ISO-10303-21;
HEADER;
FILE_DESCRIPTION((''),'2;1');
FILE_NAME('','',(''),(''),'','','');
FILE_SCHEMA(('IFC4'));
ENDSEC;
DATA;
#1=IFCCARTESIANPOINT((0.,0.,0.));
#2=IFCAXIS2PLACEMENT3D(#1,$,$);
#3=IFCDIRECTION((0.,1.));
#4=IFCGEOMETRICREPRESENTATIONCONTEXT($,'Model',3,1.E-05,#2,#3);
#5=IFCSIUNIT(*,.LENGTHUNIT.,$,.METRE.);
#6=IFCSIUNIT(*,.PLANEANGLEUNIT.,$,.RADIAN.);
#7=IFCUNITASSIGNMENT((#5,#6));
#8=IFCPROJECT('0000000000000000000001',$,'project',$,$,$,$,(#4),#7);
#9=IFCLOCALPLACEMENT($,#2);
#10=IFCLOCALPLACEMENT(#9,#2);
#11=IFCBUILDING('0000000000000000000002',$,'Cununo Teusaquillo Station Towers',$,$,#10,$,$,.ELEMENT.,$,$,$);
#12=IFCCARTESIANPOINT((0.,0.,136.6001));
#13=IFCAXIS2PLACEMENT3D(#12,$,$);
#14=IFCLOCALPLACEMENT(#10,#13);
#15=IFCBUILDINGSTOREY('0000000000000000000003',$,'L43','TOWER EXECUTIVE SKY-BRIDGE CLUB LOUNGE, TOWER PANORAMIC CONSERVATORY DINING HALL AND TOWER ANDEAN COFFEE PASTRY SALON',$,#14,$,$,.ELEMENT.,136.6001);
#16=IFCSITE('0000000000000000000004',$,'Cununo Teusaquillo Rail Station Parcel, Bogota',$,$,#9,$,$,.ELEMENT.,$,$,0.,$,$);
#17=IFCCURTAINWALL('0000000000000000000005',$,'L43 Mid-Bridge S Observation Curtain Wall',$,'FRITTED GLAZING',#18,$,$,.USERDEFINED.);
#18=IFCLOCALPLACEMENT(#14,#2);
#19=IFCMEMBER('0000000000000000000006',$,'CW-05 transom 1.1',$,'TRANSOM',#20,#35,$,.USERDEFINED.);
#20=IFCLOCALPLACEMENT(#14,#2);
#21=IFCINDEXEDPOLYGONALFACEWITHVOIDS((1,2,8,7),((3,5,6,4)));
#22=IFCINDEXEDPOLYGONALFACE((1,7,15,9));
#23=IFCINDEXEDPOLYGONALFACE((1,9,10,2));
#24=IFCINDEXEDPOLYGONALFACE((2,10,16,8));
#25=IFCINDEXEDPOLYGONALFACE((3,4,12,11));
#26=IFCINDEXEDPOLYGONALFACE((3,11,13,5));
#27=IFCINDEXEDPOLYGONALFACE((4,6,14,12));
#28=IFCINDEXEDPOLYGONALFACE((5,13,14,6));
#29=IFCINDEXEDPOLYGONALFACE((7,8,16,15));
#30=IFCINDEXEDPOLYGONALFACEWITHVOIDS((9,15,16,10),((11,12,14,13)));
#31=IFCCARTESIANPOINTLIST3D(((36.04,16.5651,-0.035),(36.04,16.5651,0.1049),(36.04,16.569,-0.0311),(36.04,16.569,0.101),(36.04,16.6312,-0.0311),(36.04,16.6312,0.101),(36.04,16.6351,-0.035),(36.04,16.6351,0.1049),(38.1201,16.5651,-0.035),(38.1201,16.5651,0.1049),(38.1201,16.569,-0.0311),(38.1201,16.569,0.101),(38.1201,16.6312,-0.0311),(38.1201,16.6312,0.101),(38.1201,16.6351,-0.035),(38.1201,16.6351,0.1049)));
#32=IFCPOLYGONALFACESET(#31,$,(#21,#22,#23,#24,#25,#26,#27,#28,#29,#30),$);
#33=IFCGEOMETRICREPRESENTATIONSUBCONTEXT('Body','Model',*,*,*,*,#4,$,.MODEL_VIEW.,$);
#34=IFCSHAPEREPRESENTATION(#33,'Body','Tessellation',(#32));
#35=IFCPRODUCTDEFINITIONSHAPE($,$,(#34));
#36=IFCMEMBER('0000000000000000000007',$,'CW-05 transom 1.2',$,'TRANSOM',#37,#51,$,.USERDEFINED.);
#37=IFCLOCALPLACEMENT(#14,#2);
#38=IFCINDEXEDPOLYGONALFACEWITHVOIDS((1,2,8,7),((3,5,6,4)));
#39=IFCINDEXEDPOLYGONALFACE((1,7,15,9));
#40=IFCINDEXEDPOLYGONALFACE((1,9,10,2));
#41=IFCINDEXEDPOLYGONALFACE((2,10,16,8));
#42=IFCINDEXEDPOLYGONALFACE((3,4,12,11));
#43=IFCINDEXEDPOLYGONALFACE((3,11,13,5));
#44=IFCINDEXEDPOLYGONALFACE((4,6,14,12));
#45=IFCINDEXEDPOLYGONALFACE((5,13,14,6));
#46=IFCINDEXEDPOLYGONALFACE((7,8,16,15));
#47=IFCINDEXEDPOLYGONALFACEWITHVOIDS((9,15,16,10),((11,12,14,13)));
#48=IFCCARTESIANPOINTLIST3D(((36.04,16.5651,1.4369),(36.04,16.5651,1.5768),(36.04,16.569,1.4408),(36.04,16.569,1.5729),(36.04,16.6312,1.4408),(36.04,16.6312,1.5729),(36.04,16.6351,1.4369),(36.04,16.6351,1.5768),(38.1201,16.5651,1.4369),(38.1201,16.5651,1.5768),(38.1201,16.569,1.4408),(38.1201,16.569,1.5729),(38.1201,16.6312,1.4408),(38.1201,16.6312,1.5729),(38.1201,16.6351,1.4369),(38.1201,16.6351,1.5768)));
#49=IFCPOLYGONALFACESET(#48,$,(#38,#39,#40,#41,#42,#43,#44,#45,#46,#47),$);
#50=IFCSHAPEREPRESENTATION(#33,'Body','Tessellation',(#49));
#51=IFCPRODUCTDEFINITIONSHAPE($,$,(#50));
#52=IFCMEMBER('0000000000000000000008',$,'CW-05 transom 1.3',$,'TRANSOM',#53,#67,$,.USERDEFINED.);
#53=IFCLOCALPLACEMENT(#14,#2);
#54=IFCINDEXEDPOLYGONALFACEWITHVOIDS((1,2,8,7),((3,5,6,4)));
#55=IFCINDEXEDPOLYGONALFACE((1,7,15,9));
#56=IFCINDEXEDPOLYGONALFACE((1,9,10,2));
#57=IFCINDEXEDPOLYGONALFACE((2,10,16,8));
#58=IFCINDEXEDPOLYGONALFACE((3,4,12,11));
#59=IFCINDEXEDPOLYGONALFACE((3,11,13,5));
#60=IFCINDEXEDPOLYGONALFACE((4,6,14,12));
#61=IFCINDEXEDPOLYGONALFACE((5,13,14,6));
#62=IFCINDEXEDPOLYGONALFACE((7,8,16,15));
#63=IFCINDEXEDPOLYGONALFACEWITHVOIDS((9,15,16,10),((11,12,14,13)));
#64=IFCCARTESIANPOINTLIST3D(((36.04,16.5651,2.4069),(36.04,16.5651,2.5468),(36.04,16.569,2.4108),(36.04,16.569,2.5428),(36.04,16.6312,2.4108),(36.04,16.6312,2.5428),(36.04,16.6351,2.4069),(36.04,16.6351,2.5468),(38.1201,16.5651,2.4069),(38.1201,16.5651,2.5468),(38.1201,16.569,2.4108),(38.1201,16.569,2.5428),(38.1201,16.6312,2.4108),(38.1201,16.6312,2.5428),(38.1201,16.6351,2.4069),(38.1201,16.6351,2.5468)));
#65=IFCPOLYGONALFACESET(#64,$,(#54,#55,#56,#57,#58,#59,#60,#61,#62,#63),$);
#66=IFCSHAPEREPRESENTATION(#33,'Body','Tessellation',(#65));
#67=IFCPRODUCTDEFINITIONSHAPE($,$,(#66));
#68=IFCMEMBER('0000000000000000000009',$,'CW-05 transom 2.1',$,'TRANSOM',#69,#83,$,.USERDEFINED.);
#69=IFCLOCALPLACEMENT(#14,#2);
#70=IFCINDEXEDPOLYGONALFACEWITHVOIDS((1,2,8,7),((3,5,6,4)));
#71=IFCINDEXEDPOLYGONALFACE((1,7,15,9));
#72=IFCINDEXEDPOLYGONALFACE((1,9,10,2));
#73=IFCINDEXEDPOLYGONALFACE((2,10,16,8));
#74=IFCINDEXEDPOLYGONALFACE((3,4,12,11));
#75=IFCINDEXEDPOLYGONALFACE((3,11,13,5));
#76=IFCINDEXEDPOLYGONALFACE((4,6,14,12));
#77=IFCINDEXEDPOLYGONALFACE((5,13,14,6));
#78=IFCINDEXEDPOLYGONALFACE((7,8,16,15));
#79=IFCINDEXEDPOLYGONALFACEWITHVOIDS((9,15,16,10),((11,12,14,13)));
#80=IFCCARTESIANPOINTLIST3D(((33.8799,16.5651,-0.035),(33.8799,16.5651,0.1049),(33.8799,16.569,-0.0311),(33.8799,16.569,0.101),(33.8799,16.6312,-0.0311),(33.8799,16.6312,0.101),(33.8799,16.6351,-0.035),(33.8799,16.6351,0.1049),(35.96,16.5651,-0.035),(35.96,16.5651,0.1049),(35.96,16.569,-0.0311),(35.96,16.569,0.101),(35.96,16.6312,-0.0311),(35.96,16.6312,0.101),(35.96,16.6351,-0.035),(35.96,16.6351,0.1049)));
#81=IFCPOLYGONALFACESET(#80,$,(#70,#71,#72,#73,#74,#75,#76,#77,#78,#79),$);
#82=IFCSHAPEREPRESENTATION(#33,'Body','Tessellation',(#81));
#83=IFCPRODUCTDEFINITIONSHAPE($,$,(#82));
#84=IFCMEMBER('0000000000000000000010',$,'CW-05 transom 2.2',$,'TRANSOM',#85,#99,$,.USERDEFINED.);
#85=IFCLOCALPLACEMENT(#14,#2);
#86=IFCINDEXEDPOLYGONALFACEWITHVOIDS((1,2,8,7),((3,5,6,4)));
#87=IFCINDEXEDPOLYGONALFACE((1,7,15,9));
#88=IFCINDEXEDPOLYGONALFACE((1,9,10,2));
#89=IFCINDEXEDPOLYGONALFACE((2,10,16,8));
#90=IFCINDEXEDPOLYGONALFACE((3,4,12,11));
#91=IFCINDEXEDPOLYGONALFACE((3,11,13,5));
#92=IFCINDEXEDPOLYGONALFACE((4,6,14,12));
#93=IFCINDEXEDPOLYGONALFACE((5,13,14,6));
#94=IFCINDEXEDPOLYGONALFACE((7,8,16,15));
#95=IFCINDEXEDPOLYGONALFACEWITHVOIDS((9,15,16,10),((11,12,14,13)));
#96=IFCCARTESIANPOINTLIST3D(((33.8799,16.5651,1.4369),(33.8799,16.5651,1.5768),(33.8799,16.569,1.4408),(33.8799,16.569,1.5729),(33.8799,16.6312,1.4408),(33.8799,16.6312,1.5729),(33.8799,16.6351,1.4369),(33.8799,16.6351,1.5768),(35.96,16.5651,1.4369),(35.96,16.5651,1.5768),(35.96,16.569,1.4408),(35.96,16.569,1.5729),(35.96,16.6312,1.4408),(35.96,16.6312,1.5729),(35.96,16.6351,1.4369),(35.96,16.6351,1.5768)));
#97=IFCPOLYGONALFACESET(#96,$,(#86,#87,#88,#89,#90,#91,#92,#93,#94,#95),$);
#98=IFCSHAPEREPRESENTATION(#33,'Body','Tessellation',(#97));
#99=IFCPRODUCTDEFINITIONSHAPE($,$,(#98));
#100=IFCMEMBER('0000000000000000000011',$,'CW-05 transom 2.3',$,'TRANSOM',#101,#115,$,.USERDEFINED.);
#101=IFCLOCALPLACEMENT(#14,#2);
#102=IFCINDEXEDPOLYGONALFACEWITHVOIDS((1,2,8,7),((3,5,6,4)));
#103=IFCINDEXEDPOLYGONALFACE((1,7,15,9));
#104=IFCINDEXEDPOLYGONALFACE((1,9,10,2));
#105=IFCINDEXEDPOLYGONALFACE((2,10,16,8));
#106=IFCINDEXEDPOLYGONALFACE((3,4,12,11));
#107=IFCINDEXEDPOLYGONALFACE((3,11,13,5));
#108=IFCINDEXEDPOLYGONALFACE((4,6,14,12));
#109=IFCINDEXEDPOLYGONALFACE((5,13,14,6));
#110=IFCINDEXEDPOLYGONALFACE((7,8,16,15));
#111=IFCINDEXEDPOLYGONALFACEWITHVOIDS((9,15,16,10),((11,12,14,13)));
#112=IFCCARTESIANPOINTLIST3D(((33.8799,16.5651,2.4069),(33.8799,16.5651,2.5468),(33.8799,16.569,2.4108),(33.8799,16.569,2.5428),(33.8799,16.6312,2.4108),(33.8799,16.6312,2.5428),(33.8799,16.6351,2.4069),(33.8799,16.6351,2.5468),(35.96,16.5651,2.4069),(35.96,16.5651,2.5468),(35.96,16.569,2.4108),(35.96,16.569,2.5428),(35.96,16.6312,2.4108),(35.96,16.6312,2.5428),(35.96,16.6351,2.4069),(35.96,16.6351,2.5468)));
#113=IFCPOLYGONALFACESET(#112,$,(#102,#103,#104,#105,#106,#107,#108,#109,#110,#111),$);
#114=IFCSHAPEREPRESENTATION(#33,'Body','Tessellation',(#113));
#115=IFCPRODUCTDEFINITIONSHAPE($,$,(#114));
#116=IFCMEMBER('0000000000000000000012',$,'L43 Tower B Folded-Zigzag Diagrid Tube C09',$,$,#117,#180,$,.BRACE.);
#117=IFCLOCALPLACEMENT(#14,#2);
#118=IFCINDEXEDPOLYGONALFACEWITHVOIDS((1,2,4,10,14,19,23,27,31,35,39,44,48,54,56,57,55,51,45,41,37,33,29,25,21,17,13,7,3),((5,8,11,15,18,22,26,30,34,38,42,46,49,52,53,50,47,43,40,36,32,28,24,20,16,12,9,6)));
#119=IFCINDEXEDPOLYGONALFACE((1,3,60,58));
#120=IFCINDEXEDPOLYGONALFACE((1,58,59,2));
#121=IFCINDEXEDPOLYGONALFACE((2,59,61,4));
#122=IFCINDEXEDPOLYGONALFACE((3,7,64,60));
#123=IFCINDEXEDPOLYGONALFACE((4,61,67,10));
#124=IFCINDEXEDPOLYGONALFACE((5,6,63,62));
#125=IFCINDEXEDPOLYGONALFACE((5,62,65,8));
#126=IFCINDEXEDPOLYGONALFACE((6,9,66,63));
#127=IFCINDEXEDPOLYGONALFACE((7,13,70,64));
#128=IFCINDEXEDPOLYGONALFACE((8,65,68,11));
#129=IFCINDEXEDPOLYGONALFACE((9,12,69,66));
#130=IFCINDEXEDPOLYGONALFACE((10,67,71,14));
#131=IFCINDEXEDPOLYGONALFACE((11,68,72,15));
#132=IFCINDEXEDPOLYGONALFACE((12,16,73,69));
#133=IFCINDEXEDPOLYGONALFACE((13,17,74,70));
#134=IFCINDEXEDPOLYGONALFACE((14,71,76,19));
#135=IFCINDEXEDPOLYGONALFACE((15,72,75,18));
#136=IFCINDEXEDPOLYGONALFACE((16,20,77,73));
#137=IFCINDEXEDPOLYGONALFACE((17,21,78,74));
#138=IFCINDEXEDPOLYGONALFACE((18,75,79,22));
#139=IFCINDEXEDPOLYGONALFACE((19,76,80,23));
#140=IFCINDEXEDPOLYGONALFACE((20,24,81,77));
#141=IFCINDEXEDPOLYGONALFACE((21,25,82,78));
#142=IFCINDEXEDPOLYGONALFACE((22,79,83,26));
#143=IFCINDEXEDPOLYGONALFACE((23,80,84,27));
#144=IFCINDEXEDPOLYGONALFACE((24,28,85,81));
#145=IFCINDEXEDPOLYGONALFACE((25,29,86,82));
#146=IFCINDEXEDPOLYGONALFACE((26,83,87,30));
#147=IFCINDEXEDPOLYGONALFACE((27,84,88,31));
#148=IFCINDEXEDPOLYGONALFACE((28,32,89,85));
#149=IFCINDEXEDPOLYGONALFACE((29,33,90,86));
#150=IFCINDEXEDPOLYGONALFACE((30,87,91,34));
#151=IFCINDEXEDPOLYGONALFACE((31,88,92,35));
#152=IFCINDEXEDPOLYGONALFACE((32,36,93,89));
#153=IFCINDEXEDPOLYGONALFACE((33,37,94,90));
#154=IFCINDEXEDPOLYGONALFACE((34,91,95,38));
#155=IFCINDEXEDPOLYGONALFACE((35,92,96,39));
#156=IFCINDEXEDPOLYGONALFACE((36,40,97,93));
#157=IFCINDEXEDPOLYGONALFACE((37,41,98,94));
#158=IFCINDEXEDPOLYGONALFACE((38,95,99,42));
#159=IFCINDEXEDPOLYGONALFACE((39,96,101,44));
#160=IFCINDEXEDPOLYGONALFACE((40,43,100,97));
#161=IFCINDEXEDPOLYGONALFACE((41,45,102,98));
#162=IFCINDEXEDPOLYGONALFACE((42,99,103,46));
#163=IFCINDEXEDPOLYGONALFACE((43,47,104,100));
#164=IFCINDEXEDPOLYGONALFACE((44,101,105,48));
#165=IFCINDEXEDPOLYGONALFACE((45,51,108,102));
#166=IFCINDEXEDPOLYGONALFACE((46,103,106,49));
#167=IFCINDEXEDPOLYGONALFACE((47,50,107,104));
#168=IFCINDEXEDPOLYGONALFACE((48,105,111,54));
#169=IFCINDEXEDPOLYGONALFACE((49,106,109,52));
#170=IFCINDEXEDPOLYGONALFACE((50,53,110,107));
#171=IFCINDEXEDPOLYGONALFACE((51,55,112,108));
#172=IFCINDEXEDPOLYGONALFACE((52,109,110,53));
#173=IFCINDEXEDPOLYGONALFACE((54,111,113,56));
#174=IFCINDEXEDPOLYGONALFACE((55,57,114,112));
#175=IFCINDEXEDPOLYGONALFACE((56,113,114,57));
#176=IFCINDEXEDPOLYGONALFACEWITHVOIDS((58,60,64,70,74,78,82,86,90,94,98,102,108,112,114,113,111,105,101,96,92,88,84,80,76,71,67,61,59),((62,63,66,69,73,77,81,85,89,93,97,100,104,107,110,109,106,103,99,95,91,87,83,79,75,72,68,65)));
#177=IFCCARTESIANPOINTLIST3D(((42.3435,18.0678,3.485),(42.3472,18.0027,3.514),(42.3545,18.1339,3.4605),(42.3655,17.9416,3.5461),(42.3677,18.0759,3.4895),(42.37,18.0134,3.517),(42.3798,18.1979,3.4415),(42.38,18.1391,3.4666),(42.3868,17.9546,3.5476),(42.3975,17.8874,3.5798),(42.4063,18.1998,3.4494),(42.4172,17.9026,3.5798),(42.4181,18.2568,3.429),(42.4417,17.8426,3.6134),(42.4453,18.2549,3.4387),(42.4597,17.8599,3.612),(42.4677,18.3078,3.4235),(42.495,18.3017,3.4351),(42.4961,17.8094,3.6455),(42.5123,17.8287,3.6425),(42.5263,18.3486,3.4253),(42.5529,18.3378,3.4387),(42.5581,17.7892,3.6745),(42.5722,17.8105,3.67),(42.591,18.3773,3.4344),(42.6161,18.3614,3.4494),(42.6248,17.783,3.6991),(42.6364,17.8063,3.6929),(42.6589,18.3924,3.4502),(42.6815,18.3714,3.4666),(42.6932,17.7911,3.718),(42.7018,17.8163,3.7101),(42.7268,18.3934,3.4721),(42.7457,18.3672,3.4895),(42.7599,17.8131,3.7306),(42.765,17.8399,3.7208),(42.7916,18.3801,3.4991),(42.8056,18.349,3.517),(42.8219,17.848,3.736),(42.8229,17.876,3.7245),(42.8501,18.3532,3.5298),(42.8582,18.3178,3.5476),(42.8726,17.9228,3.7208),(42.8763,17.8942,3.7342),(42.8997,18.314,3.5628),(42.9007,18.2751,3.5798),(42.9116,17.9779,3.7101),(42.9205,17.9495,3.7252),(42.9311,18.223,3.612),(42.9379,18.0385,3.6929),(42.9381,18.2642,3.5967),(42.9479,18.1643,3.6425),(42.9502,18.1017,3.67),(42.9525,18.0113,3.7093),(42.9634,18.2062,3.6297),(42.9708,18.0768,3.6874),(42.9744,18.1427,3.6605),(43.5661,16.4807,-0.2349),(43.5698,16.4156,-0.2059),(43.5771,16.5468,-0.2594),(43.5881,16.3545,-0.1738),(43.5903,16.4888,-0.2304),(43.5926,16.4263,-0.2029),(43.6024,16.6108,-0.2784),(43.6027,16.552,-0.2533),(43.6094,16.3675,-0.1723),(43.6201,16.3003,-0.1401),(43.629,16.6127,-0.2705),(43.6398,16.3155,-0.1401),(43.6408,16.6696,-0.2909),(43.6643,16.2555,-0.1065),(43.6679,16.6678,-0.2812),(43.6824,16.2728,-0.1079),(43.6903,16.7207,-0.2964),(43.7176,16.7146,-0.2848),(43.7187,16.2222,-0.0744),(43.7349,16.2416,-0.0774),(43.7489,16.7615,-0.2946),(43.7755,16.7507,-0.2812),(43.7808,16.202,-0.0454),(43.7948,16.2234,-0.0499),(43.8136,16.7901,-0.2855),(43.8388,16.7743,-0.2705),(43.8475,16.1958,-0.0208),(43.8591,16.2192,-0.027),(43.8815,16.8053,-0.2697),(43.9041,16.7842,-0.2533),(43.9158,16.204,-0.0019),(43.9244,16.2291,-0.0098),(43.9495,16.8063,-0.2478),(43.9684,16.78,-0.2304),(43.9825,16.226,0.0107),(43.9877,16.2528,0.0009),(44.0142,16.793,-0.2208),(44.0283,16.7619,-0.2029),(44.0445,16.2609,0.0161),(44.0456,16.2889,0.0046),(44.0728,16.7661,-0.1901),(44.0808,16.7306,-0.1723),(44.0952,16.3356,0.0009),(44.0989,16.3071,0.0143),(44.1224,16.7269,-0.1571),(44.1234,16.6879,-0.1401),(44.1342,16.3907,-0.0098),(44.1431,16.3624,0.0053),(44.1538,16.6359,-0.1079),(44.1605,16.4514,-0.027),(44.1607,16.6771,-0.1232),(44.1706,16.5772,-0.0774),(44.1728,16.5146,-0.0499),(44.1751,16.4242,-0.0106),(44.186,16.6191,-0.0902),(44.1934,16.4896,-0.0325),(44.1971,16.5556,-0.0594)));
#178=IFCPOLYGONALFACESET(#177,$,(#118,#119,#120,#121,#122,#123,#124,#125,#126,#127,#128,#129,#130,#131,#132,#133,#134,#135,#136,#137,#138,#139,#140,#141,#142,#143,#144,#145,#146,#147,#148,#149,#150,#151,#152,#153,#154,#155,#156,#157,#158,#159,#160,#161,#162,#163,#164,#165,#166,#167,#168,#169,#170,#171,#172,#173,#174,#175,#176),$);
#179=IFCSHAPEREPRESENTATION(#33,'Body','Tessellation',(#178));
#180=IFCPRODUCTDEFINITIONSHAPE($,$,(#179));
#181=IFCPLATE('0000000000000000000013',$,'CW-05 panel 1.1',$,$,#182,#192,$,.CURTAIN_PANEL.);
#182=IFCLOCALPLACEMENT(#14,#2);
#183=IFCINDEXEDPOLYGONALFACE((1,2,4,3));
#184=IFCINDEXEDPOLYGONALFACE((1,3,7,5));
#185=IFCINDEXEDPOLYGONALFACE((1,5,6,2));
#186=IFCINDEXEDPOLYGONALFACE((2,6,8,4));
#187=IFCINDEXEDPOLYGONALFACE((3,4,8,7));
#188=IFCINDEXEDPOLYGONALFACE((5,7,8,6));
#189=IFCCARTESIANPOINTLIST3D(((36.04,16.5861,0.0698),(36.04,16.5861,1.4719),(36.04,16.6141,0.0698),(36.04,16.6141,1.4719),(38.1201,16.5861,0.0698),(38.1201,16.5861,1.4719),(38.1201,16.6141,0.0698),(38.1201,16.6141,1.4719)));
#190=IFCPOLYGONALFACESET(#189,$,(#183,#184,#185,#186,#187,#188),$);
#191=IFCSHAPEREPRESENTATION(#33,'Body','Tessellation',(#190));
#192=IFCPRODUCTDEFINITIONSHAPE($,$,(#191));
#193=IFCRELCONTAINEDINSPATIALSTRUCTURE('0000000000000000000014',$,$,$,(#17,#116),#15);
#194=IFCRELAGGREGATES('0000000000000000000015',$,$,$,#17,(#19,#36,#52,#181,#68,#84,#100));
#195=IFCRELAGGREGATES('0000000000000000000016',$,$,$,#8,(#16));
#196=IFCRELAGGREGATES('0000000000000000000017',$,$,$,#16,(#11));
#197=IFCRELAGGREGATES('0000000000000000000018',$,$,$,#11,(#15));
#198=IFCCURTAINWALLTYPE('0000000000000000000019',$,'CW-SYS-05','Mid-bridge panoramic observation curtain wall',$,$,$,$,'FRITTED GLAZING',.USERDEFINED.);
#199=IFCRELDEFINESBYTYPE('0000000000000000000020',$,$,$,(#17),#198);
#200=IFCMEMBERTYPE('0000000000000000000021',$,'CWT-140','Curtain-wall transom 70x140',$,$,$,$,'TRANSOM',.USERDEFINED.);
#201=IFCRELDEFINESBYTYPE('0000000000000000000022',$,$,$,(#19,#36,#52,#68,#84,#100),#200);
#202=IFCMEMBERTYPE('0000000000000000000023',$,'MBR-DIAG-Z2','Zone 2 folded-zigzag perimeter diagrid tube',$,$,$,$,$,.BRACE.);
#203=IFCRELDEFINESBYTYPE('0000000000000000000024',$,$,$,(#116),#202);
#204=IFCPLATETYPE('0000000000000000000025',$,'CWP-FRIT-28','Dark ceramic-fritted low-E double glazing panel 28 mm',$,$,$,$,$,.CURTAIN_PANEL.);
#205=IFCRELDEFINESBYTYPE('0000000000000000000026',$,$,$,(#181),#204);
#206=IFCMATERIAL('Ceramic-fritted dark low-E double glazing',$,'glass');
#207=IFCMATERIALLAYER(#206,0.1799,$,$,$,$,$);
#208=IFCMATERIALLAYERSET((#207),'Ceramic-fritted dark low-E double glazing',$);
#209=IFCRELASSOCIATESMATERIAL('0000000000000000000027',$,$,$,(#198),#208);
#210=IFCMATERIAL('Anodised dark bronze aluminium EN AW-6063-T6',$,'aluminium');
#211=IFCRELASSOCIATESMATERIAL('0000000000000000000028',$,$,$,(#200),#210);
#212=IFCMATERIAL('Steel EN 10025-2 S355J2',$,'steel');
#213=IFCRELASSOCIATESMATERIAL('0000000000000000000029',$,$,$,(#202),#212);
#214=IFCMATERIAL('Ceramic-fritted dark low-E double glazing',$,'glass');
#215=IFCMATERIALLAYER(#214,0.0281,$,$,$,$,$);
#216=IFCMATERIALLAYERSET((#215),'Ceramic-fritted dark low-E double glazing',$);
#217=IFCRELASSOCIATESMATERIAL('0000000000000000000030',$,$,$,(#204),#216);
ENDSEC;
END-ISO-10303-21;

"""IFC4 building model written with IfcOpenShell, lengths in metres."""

from ifc_helpers import new_model, si_unit, direction, frame, origin, origin_2d, place, context, subcontext, project, spatial, rectangle, hollow_rectangle, hollow_circle, extrude, source, transform, mapped, material, layer, layer_set, material_profile, profile_set, type_object, element, aggregate, save


model = new_model("IFC4")

# Units and contexts
model_context = context("Model", 3, precision=1e-05, world=origin(), true_north=direction((0.0, 1.0)))
body_context = subcontext(model_context, "Body", "Model", "MODEL_VIEW")
ifc_project = project(units=[si_unit("LENGTHUNIT", "METRE"), si_unit("PLANEANGLEUNIT", "RADIAN")], contexts=[model_context])

# Site, building, storey
site_placement = place(None, origin())
site = spatial("IfcSite", under=ifc_project, at=site_placement, Name="Cununo Teusaquillo Rail Station Parcel, Bogota", CompositionType="ELEMENT", RefElevation=0.0)
building_placement = place(site_placement, origin())
building = spatial("IfcBuilding", under=site, at=building_placement, Name="Cununo Teusaquillo Station Towers", CompositionType="ELEMENT")
storey_placement = place(building_placement, frame((0.0, 0.0, 136.6001)))
storey = spatial("IfcBuildingStorey", under=building, at=storey_placement, Name="L43", Description="TOWER EXECUTIVE SKY-BRIDGE CLUB LOUNGE, TOWER PANORAMIC CONSERVATORY DINING HALL AND TOWER ANDEAN COFFEE PASTRY SALON", CompositionType="ELEMENT", Elevation=136.6001)

# Curtain wall, members
ifc_material_1 = material(Name="Ceramic-fritted dark low-E double glazing", Category="glass")
ifc_layer_1 = layer(ifc_material_1, 0.1799)
ifc_layer_set_1 = layer_set([ifc_layer_1], Name="Ceramic-fritted dark low-E double glazing")
curtain_wall_type = type_object("IfcCurtainWallType", Name="CW-SYS-05", Description="Mid-bridge panoramic observation curtain wall", ElementType="FRITTED GLAZING", PredefinedType="USERDEFINED", material=ifc_layer_set_1)
curtain_wall_placement = place(storey_placement, origin())
curtain_wall = element("IfcCurtainWall", 1, at=curtain_wall_placement, inside=storey, type_object=curtain_wall_type, Name="L43 Mid-Bridge S Observation Curtain Wall", ObjectType="FRITTED GLAZING", PredefinedType="USERDEFINED")
ifc_material_2 = material(Name="Anodised dark bronze aluminium EN AW-6063-T6", Category="aluminium")
ifc_material_profile_1 = material_profile(ifc_material_2, hollow_rectangle(XDim=0.0701, YDim=0.1399, WallThickness=0.0039, at=origin_2d()), Name="CW-TRAN-70x140")
ifc_profile_set_1 = profile_set([ifc_material_profile_1], Name="Anodised dark bronze aluminium EN AW-6063-T6")
member_type_1 = type_object("IfcMemberType", Name="CWT-140", Description="Curtain-wall transom 70x140", ElementType="TRANSOM", PredefinedType="USERDEFINED", material=ifc_profile_set_1)
member_1_placement = place(storey_placement, frame((38.1201, 16.6001, 0.0349), z_axis=(-1.0, 0.0, 0.0), x_axis=(0.0, -1.0, 0.0)))
member_1 = element("IfcMember", 2, at=member_1_placement, type_object=member_type_1, Name="CW-05 transom 1.1", ObjectType="TRANSOM", PredefinedType="USERDEFINED", context=body_context, shape_type="SweptSolid", body=[
    extrude(hollow_rectangle(XDim=0.0701, YDim=0.1399, WallThickness=0.0039, at=origin_2d()), origin(), (0.0, 0.0, 1.0), 2.0801),
])
member_2_placement = place(storey_placement, frame((38.1201, 16.6001, 1.5068), z_axis=(-1.0, 0.0, 0.0), x_axis=(0.0, -1.0, 0.0)))
member_2 = element("IfcMember", 3, at=member_2_placement, type_object=member_type_1, Name="CW-05 transom 1.2", ObjectType="TRANSOM", PredefinedType="USERDEFINED", context=body_context, shape_type="SweptSolid", body=[
    extrude(hollow_rectangle(XDim=0.0701, YDim=0.1399, WallThickness=0.0039, at=origin_2d()), origin(), (0.0, 0.0, 1.0), 2.0801),
])
member_3_placement = place(storey_placement, frame((38.1201, 16.6001, 2.4768), z_axis=(-1.0, 0.0, 0.0), x_axis=(0.0, -1.0, 0.0)))
member_3 = element("IfcMember", 4, at=member_3_placement, type_object=member_type_1, Name="CW-05 transom 1.3", ObjectType="TRANSOM", PredefinedType="USERDEFINED", context=body_context, shape_type="SweptSolid", body=[
    extrude(hollow_rectangle(XDim=0.0701, YDim=0.1399, WallThickness=0.0039, at=origin_2d()), origin(), (0.0, 0.0, 1.0), 2.0801),
])
member_4_placement = place(storey_placement, frame((35.96, 16.6001, 0.0349), z_axis=(-1.0, 0.0, 0.0), x_axis=(0.0, -1.0, 0.0)))
member_4 = element("IfcMember", 5, at=member_4_placement, type_object=member_type_1, Name="CW-05 transom 2.1", ObjectType="TRANSOM", PredefinedType="USERDEFINED", context=body_context, shape_type="SweptSolid", body=[
    extrude(hollow_rectangle(XDim=0.0701, YDim=0.1399, WallThickness=0.0039, at=origin_2d()), origin(), (0.0, 0.0, 1.0), 2.0801),
])
member_5_placement = place(storey_placement, frame((35.96, 16.6001, 1.5068), z_axis=(-1.0, 0.0, 0.0), x_axis=(0.0, -1.0, 0.0)))
member_5 = element("IfcMember", 6, at=member_5_placement, type_object=member_type_1, Name="CW-05 transom 2.2", ObjectType="TRANSOM", PredefinedType="USERDEFINED", context=body_context, shape_type="SweptSolid", body=[
    extrude(hollow_rectangle(XDim=0.0701, YDim=0.1399, WallThickness=0.0039, at=origin_2d()), origin(), (0.0, 0.0, 1.0), 2.0801),
])
member_6_placement = place(storey_placement, frame((35.96, 16.6001, 2.4768), z_axis=(-1.0, 0.0, 0.0), x_axis=(0.0, -1.0, 0.0)))
member_6 = element("IfcMember", 7, at=member_6_placement, type_object=member_type_1, Name="CW-05 transom 2.3", ObjectType="TRANSOM", PredefinedType="USERDEFINED", context=body_context, shape_type="SweptSolid", body=[
    extrude(hollow_rectangle(XDim=0.0701, YDim=0.1399, WallThickness=0.0039, at=origin_2d()), origin(), (0.0, 0.0, 1.0), 2.0801),
])

# Member
ifc_material_3 = material(Name="Steel EN 10025-2 S355J2", Category="steel")
ifc_material_profile_2 = material_profile(ifc_material_3, hollow_circle(Radius=0.3301, WallThickness=0.0249, at=origin_2d()), Name="CHS 660x25")
ifc_profile_set_2 = profile_set([ifc_material_profile_2], Name="Steel EN 10025-2 S355J2")
member_type_2 = type_object("IfcMemberType", Name="MBR-DIAG-Z2", Description="Zone 2 folded-zigzag perimeter diagrid tube", PredefinedType="BRACE", material=ifc_profile_set_2)
member_7_placement = place(storey_placement, frame((43.8816, 16.5017, -0.1401), z_axis=(-0.289374, 0.375643, 0.880429), x_axis=(-0.792198, -0.610264, 0.0)))
element("IfcMember", 8, at=member_7_placement, inside=storey, type_object=member_type_2, Name="L43 Tower B Folded-Zigzag Diagrid Tube C09", PredefinedType="BRACE", context=body_context, shape_type="SweptSolid", body=[
    extrude(hollow_circle(Radius=0.3301, WallThickness=0.0249, at=origin_2d()), origin(), (0.0, 0.0, 1.0), 4.2251),
])

# Plate
ifc_material_4 = material(Name="Ceramic-fritted dark low-E double glazing", Category="glass")
ifc_layer_2 = layer(ifc_material_4, 0.0281)
ifc_layer_set_2 = layer_set([ifc_layer_2], Name="Ceramic-fritted dark low-E double glazing")
plate_type = type_object("IfcPlateType", Name="CWP-FRIT-28", Description="Dark ceramic-fritted low-E double glazing panel 28 mm", PredefinedType="CURTAIN_PANEL", material=ifc_layer_set_2)
shared_shape_1 = source(origin(), body_context, "Body", "SweptSolid", [
    extrude(rectangle(XDim=2.0801, YDim=0.0281, at=origin_2d()), origin(), (0.0, 0.0, 1.0), 1.4021),
])
plate_1_placement = place(storey_placement, frame((37.0801, 16.6001, 0.0698), z_axis=(0.0, 0.0, 1.0), x_axis=(-1.0, 0.0, 0.0)))
plate_1 = element("IfcPlate", 9, at=plate_1_placement, type_object=plate_type, Name="CW-05 panel 1.1", PredefinedType="CURTAIN_PANEL", context=body_context, shape_type="MappedRepresentation", body=[
    mapped(shared_shape_1, transform((0.0, 0.0, 0.0), x_axis=(1.0, 0.0, 0.0), y_axis=(0.0, 1.0, 0.0), z_axis=(0.0, 0.0, 1.0), scale=1.0)),
])
aggregate(curtain_wall, [member_1, member_2, member_3, plate_1, member_4, member_5, member_6])

save(model, "model.ifc")
